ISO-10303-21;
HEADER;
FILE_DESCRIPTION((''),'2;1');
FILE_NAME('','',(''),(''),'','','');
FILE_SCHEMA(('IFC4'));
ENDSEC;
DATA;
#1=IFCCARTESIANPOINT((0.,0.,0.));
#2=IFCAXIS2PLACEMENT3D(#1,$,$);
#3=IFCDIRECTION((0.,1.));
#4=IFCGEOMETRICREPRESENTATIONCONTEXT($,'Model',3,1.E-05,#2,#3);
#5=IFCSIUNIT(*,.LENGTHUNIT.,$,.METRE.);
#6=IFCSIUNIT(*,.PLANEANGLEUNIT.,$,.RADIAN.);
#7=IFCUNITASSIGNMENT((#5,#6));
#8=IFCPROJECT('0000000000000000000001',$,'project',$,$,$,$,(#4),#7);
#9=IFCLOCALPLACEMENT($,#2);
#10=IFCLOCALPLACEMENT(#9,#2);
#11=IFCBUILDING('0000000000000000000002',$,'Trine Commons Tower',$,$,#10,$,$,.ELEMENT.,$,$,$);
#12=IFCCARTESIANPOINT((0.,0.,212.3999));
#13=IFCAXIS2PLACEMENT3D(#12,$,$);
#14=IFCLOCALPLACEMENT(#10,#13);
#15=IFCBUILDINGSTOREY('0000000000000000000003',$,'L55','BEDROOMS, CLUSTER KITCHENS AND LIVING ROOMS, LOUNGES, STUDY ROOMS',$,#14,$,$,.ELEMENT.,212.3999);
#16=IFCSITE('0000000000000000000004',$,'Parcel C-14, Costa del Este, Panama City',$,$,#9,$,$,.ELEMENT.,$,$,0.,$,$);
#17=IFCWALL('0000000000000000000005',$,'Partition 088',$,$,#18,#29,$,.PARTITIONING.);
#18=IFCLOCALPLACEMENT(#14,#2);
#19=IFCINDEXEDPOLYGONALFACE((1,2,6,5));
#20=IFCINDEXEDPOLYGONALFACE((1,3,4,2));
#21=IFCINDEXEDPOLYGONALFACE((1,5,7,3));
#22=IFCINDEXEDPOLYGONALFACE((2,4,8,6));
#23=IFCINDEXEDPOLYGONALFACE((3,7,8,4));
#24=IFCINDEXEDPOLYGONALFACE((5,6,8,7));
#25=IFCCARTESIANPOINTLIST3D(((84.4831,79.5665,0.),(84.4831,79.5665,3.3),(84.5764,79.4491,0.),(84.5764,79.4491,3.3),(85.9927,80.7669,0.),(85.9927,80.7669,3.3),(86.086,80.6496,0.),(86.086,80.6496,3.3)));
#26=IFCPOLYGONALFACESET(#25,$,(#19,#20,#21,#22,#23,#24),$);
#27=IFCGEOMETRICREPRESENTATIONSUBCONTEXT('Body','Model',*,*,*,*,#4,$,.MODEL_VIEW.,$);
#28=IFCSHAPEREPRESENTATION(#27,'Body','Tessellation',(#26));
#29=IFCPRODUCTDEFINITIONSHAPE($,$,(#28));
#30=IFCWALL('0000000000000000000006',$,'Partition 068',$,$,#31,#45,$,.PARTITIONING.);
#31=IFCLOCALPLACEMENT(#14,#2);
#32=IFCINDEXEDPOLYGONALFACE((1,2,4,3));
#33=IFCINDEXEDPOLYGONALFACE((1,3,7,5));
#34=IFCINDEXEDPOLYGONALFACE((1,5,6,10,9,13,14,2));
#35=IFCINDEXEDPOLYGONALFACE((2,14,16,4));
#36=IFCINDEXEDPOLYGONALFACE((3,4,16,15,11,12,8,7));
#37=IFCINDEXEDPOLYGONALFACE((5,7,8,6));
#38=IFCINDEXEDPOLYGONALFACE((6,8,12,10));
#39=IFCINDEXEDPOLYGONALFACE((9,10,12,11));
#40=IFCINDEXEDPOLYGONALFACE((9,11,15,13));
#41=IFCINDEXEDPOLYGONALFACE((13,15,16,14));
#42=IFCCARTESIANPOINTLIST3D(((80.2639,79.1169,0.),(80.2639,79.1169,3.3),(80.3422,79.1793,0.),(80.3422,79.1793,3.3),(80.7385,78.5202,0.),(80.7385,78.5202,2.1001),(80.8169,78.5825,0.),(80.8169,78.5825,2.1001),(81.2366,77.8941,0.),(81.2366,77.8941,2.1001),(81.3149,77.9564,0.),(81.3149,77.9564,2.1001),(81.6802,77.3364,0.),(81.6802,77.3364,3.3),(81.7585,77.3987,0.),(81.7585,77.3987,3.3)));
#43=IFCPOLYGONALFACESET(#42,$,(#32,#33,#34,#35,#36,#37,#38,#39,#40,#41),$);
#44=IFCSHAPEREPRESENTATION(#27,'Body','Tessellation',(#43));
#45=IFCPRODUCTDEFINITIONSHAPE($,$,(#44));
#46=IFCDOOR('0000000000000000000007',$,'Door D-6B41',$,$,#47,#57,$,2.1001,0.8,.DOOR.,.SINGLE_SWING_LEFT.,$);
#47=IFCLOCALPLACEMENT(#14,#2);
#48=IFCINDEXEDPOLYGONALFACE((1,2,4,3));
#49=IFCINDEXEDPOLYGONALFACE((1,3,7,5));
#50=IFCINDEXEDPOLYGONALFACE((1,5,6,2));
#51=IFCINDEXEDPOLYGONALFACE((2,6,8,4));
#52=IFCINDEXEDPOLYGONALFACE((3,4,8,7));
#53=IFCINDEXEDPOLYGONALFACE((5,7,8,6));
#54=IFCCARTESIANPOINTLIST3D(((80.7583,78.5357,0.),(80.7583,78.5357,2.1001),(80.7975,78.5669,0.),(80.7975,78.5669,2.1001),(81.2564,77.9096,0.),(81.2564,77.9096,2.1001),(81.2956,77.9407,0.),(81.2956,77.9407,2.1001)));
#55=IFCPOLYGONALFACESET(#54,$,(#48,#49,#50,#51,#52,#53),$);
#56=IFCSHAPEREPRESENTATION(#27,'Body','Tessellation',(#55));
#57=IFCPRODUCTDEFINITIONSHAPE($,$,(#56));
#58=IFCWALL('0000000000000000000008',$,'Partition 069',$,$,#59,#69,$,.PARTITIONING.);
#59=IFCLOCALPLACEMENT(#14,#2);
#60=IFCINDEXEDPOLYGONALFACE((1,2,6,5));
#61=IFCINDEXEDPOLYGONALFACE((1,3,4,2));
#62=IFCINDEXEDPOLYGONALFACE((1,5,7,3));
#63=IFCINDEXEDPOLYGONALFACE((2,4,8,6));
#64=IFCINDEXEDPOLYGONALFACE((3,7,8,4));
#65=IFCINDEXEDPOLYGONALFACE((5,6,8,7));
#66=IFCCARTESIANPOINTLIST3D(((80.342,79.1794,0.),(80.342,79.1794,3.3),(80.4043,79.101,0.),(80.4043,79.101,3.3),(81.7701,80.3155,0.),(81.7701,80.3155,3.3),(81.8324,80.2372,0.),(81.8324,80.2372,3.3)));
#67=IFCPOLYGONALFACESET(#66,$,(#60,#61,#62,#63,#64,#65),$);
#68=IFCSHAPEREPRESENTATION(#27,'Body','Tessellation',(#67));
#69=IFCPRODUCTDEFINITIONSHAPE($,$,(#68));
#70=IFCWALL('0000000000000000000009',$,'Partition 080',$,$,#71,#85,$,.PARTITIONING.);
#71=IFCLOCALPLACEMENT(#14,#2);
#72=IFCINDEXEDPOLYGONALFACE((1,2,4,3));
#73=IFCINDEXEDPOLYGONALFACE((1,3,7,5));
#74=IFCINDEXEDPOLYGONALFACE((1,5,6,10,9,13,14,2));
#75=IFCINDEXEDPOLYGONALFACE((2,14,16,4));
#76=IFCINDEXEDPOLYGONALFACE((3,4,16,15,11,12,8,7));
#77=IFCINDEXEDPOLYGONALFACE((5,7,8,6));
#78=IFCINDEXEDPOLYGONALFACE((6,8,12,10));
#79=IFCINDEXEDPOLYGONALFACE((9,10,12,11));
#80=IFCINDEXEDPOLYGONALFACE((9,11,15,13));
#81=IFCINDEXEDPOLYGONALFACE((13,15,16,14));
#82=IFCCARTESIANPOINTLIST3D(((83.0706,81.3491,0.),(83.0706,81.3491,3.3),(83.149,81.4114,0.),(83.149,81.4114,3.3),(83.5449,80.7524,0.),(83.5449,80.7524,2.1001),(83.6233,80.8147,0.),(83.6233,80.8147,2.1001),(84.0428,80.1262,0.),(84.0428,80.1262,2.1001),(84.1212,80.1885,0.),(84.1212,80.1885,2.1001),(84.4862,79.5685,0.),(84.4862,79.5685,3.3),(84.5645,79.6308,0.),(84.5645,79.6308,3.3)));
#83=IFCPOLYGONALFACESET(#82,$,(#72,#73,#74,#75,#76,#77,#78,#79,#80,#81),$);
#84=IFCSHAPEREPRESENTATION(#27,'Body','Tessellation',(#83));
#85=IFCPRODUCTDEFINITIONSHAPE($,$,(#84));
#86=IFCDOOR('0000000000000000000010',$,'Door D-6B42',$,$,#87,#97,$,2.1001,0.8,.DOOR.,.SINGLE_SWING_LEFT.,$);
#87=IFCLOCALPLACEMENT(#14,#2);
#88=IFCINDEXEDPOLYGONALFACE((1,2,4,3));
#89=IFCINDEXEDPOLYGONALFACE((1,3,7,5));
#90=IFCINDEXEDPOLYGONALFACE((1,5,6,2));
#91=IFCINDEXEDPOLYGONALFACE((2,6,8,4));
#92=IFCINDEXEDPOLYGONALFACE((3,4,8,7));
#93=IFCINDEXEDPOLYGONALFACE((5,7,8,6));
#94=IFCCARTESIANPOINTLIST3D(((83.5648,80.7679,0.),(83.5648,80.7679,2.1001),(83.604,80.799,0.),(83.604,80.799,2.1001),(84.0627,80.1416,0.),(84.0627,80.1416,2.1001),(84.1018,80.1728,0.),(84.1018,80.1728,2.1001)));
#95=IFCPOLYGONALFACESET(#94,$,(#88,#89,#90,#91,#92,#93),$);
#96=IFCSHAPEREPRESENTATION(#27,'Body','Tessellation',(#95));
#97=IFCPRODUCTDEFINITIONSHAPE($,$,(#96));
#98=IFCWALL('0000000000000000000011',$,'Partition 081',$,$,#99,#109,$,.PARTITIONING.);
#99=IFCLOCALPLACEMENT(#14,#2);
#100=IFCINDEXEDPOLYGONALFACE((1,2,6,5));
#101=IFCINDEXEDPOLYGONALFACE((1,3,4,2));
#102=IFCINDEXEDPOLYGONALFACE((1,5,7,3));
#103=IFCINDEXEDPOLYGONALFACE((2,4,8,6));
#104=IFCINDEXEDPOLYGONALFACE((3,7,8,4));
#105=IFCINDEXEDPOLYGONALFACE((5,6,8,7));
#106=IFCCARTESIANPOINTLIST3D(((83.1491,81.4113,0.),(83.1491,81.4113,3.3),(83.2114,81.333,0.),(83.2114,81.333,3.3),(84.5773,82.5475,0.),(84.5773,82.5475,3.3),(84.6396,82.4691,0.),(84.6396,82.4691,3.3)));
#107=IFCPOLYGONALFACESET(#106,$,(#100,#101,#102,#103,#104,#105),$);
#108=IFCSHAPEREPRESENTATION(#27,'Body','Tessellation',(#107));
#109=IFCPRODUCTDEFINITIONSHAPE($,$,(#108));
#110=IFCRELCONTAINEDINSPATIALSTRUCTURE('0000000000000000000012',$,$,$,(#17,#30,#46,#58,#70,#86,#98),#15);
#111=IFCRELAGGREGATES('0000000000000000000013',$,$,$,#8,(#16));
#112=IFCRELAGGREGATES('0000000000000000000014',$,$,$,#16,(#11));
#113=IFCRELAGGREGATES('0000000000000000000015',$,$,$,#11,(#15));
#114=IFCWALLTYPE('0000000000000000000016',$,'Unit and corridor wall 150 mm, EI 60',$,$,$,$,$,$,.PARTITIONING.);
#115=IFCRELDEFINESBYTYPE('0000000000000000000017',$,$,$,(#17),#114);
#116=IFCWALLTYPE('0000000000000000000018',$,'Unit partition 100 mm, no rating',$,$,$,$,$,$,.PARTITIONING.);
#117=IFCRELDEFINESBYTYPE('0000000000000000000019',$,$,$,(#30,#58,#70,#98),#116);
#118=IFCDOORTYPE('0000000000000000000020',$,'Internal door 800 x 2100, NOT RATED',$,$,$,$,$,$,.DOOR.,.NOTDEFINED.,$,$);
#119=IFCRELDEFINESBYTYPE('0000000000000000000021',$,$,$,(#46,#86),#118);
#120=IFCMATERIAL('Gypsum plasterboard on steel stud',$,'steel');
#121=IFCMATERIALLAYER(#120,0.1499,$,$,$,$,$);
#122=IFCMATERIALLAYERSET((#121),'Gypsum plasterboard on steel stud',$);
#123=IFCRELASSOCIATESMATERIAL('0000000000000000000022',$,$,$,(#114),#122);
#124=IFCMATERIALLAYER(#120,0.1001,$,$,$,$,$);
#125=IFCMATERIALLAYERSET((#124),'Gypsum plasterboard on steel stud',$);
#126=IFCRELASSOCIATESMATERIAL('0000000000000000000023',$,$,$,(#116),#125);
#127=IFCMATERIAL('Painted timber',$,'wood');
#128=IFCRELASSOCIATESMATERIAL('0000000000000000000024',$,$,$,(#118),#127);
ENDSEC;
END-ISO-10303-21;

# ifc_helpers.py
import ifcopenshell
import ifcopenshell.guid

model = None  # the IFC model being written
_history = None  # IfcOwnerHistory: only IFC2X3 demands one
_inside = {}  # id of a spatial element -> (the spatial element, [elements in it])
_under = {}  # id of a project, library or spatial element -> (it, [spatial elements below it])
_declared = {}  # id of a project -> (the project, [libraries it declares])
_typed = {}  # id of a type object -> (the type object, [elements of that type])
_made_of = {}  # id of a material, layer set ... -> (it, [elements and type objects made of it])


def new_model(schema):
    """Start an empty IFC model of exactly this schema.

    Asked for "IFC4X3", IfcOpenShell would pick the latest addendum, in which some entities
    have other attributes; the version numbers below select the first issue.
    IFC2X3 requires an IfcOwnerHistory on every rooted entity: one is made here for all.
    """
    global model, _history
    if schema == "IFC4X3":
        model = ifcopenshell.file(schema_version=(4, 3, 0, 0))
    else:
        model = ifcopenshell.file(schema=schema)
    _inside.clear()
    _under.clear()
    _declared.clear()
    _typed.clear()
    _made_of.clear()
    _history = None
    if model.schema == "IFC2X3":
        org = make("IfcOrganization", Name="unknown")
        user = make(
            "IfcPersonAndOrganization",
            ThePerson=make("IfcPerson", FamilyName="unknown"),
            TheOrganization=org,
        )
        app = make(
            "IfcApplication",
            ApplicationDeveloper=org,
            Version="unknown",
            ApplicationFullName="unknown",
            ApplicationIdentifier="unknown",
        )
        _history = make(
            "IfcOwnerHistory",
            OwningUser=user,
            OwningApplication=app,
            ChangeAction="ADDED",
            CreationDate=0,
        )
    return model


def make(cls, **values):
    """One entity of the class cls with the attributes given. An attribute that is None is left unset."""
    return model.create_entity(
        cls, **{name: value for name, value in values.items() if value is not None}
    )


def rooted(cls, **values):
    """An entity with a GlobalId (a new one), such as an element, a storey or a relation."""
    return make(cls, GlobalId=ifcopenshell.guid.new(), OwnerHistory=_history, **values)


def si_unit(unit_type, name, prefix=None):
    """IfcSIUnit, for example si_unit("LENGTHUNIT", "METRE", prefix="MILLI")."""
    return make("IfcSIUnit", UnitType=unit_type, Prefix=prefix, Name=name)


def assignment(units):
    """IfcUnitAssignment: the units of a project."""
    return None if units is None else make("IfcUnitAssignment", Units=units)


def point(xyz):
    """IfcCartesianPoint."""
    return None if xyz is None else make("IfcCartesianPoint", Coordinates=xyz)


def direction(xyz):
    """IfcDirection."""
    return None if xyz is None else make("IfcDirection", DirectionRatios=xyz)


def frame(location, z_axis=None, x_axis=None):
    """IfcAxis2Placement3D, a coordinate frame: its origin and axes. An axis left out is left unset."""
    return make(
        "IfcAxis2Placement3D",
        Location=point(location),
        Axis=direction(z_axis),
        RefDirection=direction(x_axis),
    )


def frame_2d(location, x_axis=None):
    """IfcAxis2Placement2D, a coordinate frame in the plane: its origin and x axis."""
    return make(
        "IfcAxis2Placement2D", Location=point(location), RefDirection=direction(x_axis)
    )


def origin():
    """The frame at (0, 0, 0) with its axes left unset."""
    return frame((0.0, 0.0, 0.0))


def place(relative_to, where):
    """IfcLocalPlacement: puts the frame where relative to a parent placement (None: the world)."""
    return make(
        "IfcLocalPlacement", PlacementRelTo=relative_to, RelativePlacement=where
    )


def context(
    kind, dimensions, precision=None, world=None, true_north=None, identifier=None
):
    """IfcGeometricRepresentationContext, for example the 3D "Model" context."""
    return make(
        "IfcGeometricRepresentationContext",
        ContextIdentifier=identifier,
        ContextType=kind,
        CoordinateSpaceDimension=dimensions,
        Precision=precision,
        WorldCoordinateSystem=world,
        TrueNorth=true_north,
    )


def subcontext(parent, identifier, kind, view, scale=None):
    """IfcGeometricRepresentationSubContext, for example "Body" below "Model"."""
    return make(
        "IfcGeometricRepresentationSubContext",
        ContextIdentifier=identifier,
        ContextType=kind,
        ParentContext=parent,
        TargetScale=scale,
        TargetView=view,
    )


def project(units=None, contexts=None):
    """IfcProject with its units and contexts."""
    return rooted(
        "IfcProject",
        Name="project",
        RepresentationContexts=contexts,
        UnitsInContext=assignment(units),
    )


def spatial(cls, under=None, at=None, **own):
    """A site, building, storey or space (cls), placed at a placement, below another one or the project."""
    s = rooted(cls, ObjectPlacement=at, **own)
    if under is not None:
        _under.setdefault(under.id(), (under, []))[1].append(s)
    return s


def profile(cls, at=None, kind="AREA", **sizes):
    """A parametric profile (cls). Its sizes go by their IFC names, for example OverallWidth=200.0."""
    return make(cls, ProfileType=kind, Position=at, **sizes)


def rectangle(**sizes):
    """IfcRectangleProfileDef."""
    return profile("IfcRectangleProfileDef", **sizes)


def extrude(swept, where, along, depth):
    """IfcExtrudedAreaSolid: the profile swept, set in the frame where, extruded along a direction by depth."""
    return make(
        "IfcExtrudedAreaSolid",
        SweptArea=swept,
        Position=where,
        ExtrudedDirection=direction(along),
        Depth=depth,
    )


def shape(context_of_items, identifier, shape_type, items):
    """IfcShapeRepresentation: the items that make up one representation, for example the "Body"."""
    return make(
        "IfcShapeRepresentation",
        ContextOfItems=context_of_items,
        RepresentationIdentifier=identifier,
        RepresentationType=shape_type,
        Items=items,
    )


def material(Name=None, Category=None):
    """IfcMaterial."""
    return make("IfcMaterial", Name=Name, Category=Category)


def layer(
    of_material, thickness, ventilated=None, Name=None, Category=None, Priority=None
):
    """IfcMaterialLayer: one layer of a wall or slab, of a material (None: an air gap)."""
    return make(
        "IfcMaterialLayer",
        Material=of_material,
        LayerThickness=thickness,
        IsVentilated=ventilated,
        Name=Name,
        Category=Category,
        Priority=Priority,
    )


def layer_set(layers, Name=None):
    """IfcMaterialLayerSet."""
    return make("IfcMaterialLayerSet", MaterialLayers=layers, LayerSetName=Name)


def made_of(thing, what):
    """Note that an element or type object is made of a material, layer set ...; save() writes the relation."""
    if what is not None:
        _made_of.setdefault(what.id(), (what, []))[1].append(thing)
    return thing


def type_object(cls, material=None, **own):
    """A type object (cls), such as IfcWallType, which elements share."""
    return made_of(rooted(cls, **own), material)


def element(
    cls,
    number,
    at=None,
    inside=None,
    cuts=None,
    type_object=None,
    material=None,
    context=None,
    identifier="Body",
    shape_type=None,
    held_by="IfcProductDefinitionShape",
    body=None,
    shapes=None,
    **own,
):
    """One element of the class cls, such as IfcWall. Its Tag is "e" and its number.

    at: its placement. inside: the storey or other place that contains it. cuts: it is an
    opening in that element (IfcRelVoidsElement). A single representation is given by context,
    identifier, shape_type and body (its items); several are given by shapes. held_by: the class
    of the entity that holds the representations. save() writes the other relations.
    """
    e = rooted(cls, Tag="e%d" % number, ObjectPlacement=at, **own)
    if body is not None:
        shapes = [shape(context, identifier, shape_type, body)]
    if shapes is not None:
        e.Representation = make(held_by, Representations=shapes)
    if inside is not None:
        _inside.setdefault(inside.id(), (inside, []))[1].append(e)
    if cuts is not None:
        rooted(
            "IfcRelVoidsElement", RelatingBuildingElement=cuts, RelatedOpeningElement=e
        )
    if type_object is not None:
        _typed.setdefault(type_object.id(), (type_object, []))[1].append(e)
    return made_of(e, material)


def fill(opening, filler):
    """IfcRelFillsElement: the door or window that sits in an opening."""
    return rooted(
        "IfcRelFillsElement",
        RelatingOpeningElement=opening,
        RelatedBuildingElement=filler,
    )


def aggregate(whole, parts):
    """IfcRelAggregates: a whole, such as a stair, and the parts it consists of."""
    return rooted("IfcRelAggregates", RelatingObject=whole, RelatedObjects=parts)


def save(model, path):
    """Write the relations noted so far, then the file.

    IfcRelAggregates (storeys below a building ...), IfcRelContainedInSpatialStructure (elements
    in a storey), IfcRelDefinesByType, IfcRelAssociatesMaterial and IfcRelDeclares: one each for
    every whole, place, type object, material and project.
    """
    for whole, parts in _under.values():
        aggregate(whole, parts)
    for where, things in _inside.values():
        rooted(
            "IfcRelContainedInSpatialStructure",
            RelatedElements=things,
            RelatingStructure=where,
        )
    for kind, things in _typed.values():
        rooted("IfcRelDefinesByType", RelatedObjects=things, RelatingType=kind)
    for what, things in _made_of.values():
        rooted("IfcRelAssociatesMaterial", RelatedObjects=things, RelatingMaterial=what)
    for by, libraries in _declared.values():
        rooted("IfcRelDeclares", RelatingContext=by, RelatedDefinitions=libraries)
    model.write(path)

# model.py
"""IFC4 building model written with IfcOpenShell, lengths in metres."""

from ifc_helpers import new_model, si_unit, direction, frame, frame_2d, origin, place, context, subcontext, project, spatial, rectangle, extrude, material, layer, layer_set, type_object, element, fill, save


model = new_model("IFC4")

# Units and contexts
model_context = context("Model", 3, precision=1e-05, world=origin(), true_north=direction((0.0, 1.0)))
body_context = subcontext(model_context, "Body", "Model", "MODEL_VIEW")
ifc_project = project(units=[si_unit("LENGTHUNIT", "METRE"), si_unit("PLANEANGLEUNIT", "RADIAN")], contexts=[model_context])

# Site, building, storey
site_placement = place(None, origin())
site = spatial("IfcSite", under=ifc_project, at=site_placement, Name="Parcel C-14, Costa del Este, Panama City", CompositionType="ELEMENT", RefElevation=0.0)
building_placement = place(site_placement, origin())
building = spatial("IfcBuilding", under=site, at=building_placement, Name="Trine Commons Tower", CompositionType="ELEMENT")
storey_placement = place(building_placement, frame((0.0, 0.0, 212.3999)))
storey = spatial("IfcBuildingStorey", under=building, at=storey_placement, Name="L55", Description="BEDROOMS, CLUSTER KITCHENS AND LIVING ROOMS, LOUNGES, STUDY ROOMS", CompositionType="ELEMENT", Elevation=212.3999)

# Shared definitions
ifc_material_1 = material(Name="Gypsum plasterboard on steel stud", Category="steel")
ifc_layer_1 = layer(ifc_material_1, 0.1499)
ifc_layer_set_1 = layer_set([ifc_layer_1], Name="Gypsum plasterboard on steel stud")
wall_type_1 = type_object("IfcWallType", Name="Unit and corridor wall 150 mm, EI 60", PredefinedType="PARTITIONING", material=ifc_layer_set_1)

# Shared definitions
ifc_material_2 = material(Name="Painted timber", Category="wood")

# Wall
wall_1_placement = place(storey_placement, frame((84.5298, 79.5078, 0.0), z_axis=(0.0, 0.0, 1.0), x_axis=(0.782681, 0.622423, 0.0)))
element("IfcWall", 1, at=wall_1_placement, inside=storey, type_object=wall_type_1, Name="Partition 088", PredefinedType="PARTITIONING", context=body_context, shape_type="SweptSolid", body=[
    extrude(rectangle(XDim=1.9287, YDim=0.1499, at=frame_2d((0.9644, 0.0))), origin(), (0.0, 0.0, 1.0), 3.3),
])

# Wall, opening, door
ifc_layer_2 = layer(ifc_material_1, 0.1001)
ifc_layer_set_2 = layer_set([ifc_layer_2], Name="Gypsum plasterboard on steel stud")
wall_type_2 = type_object("IfcWallType", Name="Unit partition 100 mm, no rating", PredefinedType="PARTITIONING", material=ifc_layer_set_2)
wall_2_placement = place(storey_placement, frame((80.303, 79.1482, 0.0), z_axis=(0.0, 0.0, 1.0), x_axis=(0.622507, -0.782614, 0.0)))
wall_2 = element("IfcWall", 2, at=wall_2_placement, inside=storey, type_object=wall_type_2, Name="Partition 068", PredefinedType="PARTITIONING", context=body_context, shape_type="SweptSolid", body=[
    extrude(rectangle(XDim=2.2751, YDim=0.1001, at=frame_2d((1.1377, 0.0))), origin(), (0.0, 0.0, 1.0), 3.3),
])
opening_1_placement = place(wall_2_placement, frame((0.7627, 0.0, 0.0)))
opening_1 = element("IfcOpeningElement", 3, at=opening_1_placement, cuts=wall_2, PredefinedType="OPENING", context=body_context, shape_type="SweptSolid", body=[
    extrude(rectangle(XDim=0.8, YDim=2.1001, at=frame_2d((0.3999, 1.05))), frame((0.0, 0.0601, 0.0), z_axis=(0.0, -1.0, 0.0), x_axis=(1.0, 0.0, 0.0)), (0.0, 0.0, 1.0), 0.1201),
])
door_type_1 = type_object("IfcDoorType", Name="Internal door 800 x 2100, NOT RATED", OperationType="NOTDEFINED", PredefinedType="DOOR", material=ifc_material_2)
door_1_placement = place(opening_1_placement, frame((0.8, 0.0, 0.0), z_axis=(0.0, 0.0, 1.0), x_axis=(-1.0, 0.0, 0.0)))
door_1 = element("IfcDoor", 4, at=door_1_placement, inside=storey, type_object=door_type_1, Name="Door D-6B41", OperationType="SINGLE_SWING_LEFT", OverallHeight=2.1001, OverallWidth=0.8, PredefinedType="DOOR", context=body_context, shape_type="SweptSolid", body=[
    extrude(rectangle(XDim=0.8, YDim=2.1001, at=frame_2d((0.3999, 1.05))), frame((0.0, 0.0249, 0.0), z_axis=(0.0, -1.0, 0.0), x_axis=(1.0, 0.0, 0.0)), (0.0, 0.0, 1.0), 0.05),
])
fill(opening_1, door_1)

# Wall
wall_3_placement = place(storey_placement, frame((80.373, 79.1401, 0.0), z_axis=(0.0, 0.0, 1.0), x_axis=(0.782563, 0.622572, 0.0)))
element("IfcWall", 5, at=wall_3_placement, inside=storey, type_object=wall_type_2, Name="Partition 069", PredefinedType="PARTITIONING", context=body_context, shape_type="SweptSolid", body=[
    extrude(rectangle(XDim=1.825, YDim=0.1001, at=frame_2d((0.9126, 0.0))), origin(), (0.0, 0.0, 1.0), 3.3),
])

# Wall, opening, door
wall_4_placement = place(storey_placement, frame((83.1099, 81.3801, 0.0), z_axis=(0.0, 0.0, 1.0), x_axis=(0.62231, -0.782771, 0.0)))
wall_4 = element("IfcWall", 6, at=wall_4_placement, inside=storey, type_object=wall_type_2, Name="Partition 080", PredefinedType="PARTITIONING", context=body_context, shape_type="SweptSolid", body=[
    extrude(rectangle(XDim=2.2747, YDim=0.1001, at=frame_2d((1.1372, 0.0))), origin(), (0.0, 0.0, 1.0), 3.3),
])
opening_2_placement = place(wall_4_placement, frame((0.7622, 0.0, 0.0)))
opening_2 = element("IfcOpeningElement", 7, at=opening_2_placement, cuts=wall_4, PredefinedType="OPENING", context=body_context, shape_type="SweptSolid", body=[
    extrude(rectangle(XDim=0.8, YDim=2.1001, at=frame_2d((0.3999, 1.05))), frame((0.0, 0.0601, 0.0), z_axis=(0.0, -1.0, 0.0), x_axis=(1.0, 0.0, 0.0)), (0.0, 0.0, 1.0), 0.1201),
])
door_2_placement = place(opening_2_placement, frame((0.8, 0.0, 0.0), z_axis=(0.0, 0.0, 1.0), x_axis=(-1.0, 0.0, 0.0)))
door_2 = element("IfcDoor", 8, at=door_2_placement, inside=storey, type_object=door_type_1, Name="Door D-6B42", OperationType="SINGLE_SWING_LEFT", OverallHeight=2.1001, OverallWidth=0.8, PredefinedType="DOOR", context=body_context, shape_type="SweptSolid", body=[
    extrude(rectangle(XDim=0.8, YDim=2.1001, at=frame_2d((0.3999, 1.05))), frame((0.0, 0.0249, 0.0), z_axis=(0.0, -1.0, 0.0), x_axis=(1.0, 0.0, 0.0)), (0.0, 0.0, 1.0), 0.05),
])
fill(opening_2, door_2)

# Wall
wall_5_placement = place(storey_placement, frame((83.1802, 81.3721, 0.0), z_axis=(0.0, 0.0, 1.0), x_axis=(0.782563, 0.622572, 0.0)))
element("IfcWall", 9, at=wall_5_placement, inside=storey, type_object=wall_type_2, Name="Partition 081", PredefinedType="PARTITIONING", context=body_context, shape_type="SweptSolid", body=[
    extrude(rectangle(XDim=1.825, YDim=0.1001, at=frame_2d((0.9126, 0.0))), origin(), (0.0, 0.0, 1.0), 3.3),
])

save(model, "model.ifc")
